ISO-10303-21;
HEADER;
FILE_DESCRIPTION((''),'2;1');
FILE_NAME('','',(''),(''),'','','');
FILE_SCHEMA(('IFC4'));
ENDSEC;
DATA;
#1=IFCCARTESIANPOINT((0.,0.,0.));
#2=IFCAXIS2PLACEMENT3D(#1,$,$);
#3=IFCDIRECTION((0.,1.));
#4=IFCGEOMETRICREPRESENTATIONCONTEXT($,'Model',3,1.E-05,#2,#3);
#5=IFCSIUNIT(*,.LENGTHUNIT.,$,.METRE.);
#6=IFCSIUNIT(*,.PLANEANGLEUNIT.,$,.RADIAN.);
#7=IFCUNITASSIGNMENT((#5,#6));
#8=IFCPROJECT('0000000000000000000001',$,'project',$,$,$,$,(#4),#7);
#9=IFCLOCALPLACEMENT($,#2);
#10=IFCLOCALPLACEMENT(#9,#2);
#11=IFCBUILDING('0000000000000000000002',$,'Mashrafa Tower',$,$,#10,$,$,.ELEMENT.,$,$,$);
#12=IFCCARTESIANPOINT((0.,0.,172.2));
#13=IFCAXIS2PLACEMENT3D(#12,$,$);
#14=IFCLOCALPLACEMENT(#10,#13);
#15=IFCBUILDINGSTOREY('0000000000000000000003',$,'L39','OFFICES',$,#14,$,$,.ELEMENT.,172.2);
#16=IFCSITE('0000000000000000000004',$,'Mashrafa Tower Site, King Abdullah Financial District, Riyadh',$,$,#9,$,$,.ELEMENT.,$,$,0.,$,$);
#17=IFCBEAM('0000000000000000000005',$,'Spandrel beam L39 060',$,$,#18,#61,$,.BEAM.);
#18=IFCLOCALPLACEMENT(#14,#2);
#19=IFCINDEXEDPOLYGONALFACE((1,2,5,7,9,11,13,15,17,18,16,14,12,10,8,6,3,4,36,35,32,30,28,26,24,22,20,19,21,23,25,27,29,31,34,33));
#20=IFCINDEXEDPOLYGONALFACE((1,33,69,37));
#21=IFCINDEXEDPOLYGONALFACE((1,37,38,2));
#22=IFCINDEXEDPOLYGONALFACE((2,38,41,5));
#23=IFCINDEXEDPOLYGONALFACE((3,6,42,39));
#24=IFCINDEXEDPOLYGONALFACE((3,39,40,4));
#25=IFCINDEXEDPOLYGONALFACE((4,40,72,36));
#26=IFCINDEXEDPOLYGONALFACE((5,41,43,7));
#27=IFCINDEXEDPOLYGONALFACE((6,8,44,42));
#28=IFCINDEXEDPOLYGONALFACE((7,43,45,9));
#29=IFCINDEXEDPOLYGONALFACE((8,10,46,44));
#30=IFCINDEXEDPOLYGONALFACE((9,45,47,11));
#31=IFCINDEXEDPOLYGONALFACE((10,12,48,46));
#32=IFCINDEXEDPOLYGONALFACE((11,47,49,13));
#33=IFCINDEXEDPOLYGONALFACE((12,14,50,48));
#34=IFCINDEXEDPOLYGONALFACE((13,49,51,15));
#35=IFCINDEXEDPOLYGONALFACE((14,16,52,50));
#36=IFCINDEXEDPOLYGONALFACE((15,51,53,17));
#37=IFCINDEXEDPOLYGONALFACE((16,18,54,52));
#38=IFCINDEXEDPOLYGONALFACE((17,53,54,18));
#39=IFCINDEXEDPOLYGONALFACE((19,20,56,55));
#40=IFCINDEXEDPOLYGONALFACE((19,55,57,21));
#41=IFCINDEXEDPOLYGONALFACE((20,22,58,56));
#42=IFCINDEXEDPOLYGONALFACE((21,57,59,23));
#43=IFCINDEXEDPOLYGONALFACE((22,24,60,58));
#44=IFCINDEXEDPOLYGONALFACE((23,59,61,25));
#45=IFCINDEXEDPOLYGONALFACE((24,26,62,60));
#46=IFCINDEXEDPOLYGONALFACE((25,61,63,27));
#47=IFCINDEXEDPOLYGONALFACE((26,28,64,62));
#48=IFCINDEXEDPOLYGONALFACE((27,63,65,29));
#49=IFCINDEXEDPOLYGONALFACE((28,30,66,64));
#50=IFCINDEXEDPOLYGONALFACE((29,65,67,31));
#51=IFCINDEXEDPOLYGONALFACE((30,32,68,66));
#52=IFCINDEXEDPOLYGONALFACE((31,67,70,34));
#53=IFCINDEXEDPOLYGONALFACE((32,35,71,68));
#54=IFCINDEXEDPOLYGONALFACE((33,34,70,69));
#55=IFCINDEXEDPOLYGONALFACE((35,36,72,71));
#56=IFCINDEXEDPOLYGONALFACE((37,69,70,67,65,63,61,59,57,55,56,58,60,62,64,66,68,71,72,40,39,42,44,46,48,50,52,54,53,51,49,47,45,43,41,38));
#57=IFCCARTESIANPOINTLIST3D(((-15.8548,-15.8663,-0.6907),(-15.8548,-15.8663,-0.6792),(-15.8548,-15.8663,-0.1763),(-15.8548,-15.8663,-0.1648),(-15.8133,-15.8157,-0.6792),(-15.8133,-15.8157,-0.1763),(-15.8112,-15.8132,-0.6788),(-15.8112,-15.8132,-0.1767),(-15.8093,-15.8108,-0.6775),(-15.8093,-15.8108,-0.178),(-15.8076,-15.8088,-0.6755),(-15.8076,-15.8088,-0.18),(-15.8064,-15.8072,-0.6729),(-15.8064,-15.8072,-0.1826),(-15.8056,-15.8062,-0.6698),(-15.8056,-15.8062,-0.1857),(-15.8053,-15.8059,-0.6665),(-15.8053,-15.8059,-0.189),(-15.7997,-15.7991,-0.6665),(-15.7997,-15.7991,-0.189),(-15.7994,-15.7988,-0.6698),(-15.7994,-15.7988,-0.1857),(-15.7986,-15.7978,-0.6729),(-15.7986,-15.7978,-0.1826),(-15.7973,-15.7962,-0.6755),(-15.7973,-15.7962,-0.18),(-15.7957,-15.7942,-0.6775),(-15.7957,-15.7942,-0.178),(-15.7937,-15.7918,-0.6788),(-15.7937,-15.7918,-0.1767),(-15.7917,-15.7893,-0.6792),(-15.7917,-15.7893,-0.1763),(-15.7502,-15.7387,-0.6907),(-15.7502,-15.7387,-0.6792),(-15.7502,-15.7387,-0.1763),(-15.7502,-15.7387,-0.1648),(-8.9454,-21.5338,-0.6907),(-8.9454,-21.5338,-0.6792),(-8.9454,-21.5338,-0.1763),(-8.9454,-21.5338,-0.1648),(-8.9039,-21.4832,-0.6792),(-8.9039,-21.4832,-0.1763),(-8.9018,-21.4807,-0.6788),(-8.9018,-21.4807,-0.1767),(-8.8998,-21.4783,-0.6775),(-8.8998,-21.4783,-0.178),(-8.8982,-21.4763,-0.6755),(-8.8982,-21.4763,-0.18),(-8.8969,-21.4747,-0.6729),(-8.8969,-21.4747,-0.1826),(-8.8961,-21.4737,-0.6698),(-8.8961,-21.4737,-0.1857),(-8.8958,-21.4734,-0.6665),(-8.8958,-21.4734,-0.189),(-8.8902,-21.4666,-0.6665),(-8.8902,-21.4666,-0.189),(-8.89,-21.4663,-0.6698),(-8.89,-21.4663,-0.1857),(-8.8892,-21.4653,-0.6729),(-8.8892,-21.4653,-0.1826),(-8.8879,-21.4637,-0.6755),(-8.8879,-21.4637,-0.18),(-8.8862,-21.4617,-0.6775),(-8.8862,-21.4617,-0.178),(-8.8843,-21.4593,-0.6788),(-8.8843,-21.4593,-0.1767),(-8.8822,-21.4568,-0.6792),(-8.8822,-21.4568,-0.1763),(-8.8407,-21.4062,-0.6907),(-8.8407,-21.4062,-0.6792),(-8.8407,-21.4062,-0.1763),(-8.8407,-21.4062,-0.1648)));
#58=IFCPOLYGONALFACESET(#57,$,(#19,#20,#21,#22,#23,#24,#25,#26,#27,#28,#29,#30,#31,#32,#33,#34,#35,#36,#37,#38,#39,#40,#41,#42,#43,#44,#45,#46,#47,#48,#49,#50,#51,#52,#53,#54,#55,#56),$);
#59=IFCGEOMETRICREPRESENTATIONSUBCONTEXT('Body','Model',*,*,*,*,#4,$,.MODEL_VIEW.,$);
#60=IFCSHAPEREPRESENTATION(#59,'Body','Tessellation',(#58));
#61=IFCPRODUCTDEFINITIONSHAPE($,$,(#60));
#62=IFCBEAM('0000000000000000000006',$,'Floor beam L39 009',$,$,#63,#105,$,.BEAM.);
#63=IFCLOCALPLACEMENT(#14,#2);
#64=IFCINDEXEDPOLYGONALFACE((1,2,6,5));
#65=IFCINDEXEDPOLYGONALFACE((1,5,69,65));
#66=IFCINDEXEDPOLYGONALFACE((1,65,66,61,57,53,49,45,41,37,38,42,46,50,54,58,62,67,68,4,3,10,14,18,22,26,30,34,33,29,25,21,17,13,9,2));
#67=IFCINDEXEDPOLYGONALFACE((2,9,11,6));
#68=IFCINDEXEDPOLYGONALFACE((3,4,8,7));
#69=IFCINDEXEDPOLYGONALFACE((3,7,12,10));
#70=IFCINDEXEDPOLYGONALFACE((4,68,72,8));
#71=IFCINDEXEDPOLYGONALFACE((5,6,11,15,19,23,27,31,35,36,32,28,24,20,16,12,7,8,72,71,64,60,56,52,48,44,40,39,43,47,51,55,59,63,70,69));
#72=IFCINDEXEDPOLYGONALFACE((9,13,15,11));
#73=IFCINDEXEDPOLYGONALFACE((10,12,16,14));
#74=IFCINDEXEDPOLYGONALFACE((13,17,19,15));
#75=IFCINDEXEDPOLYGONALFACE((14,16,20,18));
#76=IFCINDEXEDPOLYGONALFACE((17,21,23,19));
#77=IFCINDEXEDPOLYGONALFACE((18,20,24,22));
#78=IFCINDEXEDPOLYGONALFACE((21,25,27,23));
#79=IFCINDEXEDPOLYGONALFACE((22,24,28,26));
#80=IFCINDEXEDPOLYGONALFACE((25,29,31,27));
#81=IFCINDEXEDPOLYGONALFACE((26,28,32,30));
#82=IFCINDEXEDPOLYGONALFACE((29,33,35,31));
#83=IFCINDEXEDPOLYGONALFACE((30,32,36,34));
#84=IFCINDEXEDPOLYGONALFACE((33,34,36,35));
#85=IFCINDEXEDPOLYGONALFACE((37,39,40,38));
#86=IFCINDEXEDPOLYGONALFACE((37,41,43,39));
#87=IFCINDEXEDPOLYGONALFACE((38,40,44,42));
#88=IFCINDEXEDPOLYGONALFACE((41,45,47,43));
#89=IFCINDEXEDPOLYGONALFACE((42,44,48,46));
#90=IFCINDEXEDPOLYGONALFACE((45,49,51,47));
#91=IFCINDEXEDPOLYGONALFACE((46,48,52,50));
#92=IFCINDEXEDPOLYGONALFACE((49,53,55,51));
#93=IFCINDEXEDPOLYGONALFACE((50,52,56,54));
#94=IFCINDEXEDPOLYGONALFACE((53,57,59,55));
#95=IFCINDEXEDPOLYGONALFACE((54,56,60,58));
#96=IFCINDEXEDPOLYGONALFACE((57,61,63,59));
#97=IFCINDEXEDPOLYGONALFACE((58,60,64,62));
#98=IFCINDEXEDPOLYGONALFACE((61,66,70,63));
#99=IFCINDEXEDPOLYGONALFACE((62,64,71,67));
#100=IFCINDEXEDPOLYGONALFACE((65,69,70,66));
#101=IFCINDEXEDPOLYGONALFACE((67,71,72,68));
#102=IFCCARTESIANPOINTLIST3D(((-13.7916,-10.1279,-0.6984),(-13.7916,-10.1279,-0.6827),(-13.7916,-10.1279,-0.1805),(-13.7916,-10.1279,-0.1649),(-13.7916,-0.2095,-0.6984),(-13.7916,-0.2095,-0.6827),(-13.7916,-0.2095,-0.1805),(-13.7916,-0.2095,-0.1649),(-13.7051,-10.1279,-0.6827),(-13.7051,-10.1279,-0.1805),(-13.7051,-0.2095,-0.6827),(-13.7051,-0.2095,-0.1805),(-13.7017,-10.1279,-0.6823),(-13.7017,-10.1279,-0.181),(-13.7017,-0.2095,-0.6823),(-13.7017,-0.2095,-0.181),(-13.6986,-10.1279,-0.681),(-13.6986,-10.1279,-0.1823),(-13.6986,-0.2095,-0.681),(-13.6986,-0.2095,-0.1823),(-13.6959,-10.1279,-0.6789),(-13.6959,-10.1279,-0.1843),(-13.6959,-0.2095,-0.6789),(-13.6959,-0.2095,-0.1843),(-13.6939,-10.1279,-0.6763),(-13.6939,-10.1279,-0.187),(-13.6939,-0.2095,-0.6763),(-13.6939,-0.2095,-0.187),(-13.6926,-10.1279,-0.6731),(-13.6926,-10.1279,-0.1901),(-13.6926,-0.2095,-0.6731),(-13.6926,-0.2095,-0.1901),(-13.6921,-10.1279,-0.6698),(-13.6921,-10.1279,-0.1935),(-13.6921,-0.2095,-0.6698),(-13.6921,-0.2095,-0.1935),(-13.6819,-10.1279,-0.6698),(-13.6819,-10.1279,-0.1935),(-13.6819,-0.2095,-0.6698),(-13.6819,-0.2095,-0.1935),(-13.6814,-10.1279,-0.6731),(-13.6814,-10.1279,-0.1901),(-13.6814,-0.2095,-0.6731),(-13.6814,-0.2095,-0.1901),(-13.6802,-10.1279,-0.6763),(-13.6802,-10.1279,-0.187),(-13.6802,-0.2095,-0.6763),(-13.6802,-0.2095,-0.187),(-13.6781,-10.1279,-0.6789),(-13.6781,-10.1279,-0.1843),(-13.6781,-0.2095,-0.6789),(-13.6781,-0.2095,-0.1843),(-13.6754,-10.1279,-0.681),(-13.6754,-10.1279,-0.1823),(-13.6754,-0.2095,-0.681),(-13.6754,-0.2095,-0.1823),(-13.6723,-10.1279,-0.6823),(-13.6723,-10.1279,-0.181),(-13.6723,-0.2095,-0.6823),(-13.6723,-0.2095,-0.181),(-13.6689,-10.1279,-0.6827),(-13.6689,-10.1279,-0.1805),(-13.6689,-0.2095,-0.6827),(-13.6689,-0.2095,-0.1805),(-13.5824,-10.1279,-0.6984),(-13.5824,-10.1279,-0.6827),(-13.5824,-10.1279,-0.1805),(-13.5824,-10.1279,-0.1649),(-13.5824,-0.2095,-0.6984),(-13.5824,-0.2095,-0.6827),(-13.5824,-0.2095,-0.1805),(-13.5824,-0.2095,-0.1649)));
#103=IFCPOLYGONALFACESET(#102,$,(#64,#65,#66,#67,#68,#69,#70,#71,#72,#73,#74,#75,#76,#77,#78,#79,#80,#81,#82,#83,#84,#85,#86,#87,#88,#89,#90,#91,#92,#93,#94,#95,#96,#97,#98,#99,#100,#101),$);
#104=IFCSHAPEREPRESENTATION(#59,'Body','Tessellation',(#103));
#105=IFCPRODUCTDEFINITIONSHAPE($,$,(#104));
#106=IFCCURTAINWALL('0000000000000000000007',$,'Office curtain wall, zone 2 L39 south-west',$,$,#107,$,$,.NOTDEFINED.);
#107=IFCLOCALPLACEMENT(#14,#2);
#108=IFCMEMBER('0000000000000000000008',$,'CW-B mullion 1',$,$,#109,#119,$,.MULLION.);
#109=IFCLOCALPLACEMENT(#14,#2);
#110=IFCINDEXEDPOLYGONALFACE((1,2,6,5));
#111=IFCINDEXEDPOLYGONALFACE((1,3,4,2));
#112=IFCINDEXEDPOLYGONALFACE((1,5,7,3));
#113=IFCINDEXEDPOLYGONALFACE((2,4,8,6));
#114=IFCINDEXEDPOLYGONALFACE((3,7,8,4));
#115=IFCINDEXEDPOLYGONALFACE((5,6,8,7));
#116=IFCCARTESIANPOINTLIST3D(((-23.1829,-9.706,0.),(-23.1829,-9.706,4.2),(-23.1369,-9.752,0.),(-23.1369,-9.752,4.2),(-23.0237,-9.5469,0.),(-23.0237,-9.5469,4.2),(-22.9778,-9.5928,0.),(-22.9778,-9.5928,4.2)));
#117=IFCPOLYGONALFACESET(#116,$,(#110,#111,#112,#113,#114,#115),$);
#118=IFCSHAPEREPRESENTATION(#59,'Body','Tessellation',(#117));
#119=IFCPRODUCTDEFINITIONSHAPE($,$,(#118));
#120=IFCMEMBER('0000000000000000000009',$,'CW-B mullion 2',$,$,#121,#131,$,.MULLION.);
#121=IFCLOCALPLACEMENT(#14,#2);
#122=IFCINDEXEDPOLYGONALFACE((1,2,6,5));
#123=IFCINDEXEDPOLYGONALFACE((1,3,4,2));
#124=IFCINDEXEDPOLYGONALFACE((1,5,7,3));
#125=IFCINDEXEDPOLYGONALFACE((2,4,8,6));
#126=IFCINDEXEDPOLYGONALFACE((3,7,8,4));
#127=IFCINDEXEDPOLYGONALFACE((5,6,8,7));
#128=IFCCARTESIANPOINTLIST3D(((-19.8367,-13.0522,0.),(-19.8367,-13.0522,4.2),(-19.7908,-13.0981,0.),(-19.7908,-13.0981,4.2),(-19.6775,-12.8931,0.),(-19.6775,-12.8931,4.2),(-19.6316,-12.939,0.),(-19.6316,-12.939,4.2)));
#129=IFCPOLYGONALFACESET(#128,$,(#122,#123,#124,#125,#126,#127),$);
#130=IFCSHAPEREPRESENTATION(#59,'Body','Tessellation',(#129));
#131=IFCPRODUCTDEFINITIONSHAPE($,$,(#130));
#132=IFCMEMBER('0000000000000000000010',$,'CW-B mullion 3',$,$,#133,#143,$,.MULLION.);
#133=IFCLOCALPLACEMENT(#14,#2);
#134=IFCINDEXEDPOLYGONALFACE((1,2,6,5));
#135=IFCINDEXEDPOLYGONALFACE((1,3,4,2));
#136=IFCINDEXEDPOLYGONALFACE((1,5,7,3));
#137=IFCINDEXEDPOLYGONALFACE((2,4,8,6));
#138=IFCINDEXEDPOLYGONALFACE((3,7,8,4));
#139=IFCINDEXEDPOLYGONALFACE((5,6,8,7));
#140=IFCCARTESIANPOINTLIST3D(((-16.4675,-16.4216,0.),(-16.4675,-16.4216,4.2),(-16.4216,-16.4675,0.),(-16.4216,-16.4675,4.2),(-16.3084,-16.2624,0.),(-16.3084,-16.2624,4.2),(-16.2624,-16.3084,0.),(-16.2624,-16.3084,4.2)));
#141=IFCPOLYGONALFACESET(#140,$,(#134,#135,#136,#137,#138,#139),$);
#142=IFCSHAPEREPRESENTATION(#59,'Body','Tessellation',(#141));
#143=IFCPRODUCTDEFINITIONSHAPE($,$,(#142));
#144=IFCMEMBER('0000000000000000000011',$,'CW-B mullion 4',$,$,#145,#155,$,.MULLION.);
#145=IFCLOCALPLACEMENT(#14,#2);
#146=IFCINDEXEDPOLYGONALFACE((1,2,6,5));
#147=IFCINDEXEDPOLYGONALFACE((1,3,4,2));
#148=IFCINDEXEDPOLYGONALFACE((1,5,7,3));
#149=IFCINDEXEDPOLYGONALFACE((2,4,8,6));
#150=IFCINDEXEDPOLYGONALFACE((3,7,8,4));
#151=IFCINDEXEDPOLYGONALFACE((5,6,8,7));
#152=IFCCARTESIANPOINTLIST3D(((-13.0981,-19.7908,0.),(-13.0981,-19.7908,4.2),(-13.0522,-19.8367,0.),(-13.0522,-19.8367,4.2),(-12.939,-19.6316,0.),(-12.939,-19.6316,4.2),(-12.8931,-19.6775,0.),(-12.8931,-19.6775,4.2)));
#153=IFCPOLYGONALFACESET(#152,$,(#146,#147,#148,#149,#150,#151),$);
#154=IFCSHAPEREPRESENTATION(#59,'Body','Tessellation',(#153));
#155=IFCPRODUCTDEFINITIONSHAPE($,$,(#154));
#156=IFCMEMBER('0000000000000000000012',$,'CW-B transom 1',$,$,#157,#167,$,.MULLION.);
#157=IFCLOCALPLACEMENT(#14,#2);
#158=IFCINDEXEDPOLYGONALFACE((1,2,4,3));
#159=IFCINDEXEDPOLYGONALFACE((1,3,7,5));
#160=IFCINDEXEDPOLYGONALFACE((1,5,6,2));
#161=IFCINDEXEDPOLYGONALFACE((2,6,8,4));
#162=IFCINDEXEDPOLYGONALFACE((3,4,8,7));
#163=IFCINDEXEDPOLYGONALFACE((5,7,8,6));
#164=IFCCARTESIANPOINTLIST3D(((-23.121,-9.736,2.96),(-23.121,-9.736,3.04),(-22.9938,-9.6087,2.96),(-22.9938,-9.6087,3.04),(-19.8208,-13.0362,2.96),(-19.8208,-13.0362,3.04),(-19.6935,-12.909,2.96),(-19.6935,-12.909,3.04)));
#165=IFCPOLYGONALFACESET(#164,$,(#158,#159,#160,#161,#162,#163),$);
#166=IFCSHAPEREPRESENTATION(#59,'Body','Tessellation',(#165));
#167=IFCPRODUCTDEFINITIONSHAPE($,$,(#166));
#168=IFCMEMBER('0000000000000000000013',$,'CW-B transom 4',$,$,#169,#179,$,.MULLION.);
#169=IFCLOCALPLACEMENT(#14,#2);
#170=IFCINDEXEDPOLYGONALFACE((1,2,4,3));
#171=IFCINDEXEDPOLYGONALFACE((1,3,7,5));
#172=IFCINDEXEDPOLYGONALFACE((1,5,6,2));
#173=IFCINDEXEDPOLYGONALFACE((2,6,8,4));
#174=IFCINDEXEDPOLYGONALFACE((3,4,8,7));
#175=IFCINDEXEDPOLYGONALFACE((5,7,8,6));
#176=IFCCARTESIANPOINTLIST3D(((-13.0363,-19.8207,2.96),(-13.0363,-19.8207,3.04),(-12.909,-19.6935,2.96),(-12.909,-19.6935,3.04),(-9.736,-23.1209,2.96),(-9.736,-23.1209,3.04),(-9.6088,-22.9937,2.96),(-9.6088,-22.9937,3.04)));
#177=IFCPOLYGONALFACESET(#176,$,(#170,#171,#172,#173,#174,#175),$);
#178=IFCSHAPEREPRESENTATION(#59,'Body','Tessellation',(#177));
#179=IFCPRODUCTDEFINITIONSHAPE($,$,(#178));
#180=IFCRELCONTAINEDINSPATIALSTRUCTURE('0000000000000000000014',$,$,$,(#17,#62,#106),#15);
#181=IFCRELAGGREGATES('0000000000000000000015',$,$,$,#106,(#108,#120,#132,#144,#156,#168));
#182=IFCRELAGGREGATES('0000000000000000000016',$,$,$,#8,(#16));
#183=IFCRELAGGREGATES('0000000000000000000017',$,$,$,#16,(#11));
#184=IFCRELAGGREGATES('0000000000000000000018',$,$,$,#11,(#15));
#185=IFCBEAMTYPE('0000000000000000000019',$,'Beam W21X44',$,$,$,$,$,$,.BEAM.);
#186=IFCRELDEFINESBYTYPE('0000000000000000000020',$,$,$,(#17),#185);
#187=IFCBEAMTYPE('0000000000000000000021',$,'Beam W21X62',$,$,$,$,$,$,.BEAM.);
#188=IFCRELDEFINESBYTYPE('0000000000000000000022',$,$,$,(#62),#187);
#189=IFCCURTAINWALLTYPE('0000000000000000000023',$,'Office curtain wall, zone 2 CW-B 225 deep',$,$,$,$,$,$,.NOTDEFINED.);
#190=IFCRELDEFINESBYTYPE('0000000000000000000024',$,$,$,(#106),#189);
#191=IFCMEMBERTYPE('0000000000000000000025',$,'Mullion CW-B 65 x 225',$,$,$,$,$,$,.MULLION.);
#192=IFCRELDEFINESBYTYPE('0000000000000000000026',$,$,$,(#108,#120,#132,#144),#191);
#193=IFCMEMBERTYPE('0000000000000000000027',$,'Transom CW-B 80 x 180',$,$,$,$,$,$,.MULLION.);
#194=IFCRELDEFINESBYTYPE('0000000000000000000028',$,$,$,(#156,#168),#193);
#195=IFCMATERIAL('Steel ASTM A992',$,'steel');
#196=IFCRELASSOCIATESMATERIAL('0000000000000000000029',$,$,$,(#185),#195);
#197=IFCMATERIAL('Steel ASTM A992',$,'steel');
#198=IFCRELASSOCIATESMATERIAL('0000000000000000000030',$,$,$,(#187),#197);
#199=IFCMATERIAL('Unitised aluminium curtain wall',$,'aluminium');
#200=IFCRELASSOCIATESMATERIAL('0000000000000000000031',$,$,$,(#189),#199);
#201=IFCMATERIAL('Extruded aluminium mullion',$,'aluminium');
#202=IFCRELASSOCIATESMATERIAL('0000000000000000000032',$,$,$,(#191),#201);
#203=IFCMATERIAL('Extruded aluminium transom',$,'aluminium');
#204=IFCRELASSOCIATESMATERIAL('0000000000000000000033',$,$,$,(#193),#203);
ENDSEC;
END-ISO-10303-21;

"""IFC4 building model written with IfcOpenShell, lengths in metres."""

from ifc_helpers import new_model, si_unit, direction, frame, origin, origin_2d, place, context, subcontext, project, spatial, rectangle, i_section, extrude, source, transform, mapped, material, material_profile, profile_set, type_object, type_shapes, element, aggregate, save


model = new_model("IFC4")

# Units and contexts
model_context = context("Model", 3, precision=1e-05, world=origin(), true_north=direction((0.0, 1.0)))
body_context = subcontext(model_context, "Body", "Model", "MODEL_VIEW")
ifc_project = project(units=[si_unit("LENGTHUNIT", "METRE"), si_unit("PLANEANGLEUNIT", "RADIAN")], contexts=[model_context])

# Site, building, storey
site_placement = place(None, origin())
site = spatial("IfcSite", under=ifc_project, at=site_placement, Name="Mashrafa Tower Site, King Abdullah Financial District, Riyadh", CompositionType="ELEMENT", RefElevation=0.0)
building_placement = place(site_placement, origin())
building = spatial("IfcBuilding", under=site, at=building_placement, Name="Mashrafa Tower", CompositionType="ELEMENT")
storey_placement = place(building_placement, frame((0.0, 0.0, 172.2)))
storey = spatial("IfcBuildingStorey", under=building, at=storey_placement, Name="L39", Description="OFFICES", CompositionType="ELEMENT", Elevation=172.2)

# Beams
ifc_material_1 = material(Name="Steel ASTM A992", Category="steel")
ifc_material_profile_1 = material_profile(ifc_material_1, i_section(OverallWidth=0.165, OverallDepth=0.5259, WebThickness=0.0088, FlangeThickness=0.0115, FilletRadius=0.0127, at=origin_2d()), Name="W21X44")
ifc_profile_set_1 = profile_set([ifc_material_profile_1], Name="Steel ASTM A992")
beam_type_1 = type_object("IfcBeamType", Name="Beam W21X44", PredefinedType="BEAM", material=ifc_profile_set_1)
beam_1_placement = place(storey_placement, frame((-15.8025, -15.8025, -0.4277), z_axis=(0.773172, -0.634197, 0.0), x_axis=(0.634197, 0.773172, 0.0)))
element("IfcBeam", 1, at=beam_1_placement, inside=storey, type_object=beam_type_1, Name="Spandrel beam L39 060", PredefinedType="BEAM", context=body_context, shape_type="SweptSolid", body=[
    extrude(i_section(OverallWidth=0.165, OverallDepth=0.5259, WebThickness=0.0088, FlangeThickness=0.0115, FilletRadius=0.0127, at=origin_2d()), origin(), (0.0, 0.0, 1.0), 8.9365),
])
ifc_material_2 = material(Name="Steel ASTM A992", Category="steel")
ifc_material_profile_2 = material_profile(ifc_material_2, i_section(OverallWidth=0.2092, OverallDepth=0.5334, WebThickness=0.0103, FlangeThickness=0.0156, FilletRadius=0.0129, at=origin_2d()), Name="W21X62")
ifc_profile_set_2 = profile_set([ifc_material_profile_2], Name="Steel ASTM A992")
beam_type_2 = type_object("IfcBeamType", Name="Beam W21X62", PredefinedType="BEAM", material=ifc_profile_set_2)
beam_2_placement = place(storey_placement, frame((-13.687, -10.1279, -0.4316), z_axis=(0.0, 1.0, 0.0), x_axis=(-1.0, 0.0, 0.0)))
element("IfcBeam", 2, at=beam_2_placement, inside=storey, type_object=beam_type_2, Name="Floor beam L39 009", PredefinedType="BEAM", context=body_context, shape_type="SweptSolid", body=[
    extrude(i_section(OverallWidth=0.2092, OverallDepth=0.5334, WebThickness=0.0103, FlangeThickness=0.0156, FilletRadius=0.0129, at=origin_2d()), origin(), (0.0, 0.0, 1.0), 9.9185),
])

# Curtain wall, members
ifc_material_3 = material(Name="Unitised aluminium curtain wall", Category="aluminium")
curtain_wall_type = type_object("IfcCurtainWallType", Name="Office curtain wall, zone 2 CW-B 225 deep", PredefinedType="NOTDEFINED", material=ifc_material_3)
curtain_wall_placement = place(storey_placement, origin())
curtain_wall = element("IfcCurtainWall", 3, at=curtain_wall_placement, inside=storey, type_object=curtain_wall_type, Name="Office curtain wall, zone 2 L39 south-west", PredefinedType="NOTDEFINED")
ifc_material_4 = material(Name="Extruded aluminium mullion", Category="aluminium")
ifc_material_profile_3 = material_profile(ifc_material_4, rectangle(XDim=0.2251, YDim=0.0649, at=origin_2d()), Name="Mullion 65x225")
ifc_profile_set_3 = profile_set([ifc_material_profile_3], Name="Extruded aluminium mullion")
member_type_1 = type_object("IfcMemberType", Name="Mullion CW-B 65 x 225", PredefinedType="MULLION", material=ifc_profile_set_3)
shared_shape_1 = source(origin(), body_context, "Body", "SweptSolid", [
    extrude(rectangle(XDim=0.2251, YDim=0.0649, at=origin_2d()), origin(), (0.0, 0.0, 1.0), 4.2),
])
type_shapes(member_type_1, [shared_shape_1])
member_1_placement = place(storey_placement, frame((-23.0803, -9.6494, 0.0), z_axis=(0.0, 0.0, 1.0), x_axis=(0.707107, 0.707107, 0.0)))
member_1 = element("IfcMember", 4, at=member_1_placement, type_object=member_type_1, Name="CW-B mullion 1", PredefinedType="MULLION", context=body_context, shape_type="MappedRepresentation", body=[
    mapped(shared_shape_1, transform((0.0, 0.0, 0.0))),
])
member_2_placement = place(storey_placement, frame((-19.7341, -12.9956, 0.0), z_axis=(0.0, 0.0, 1.0), x_axis=(0.707107, 0.707107, 0.0)))
member_2 = element("IfcMember", 5, at=member_2_placement, type_object=member_type_1, Name="CW-B mullion 2", PredefinedType="MULLION", context=body_context, shape_type="MappedRepresentation", body=[
    mapped(shared_shape_1, transform((0.0, 0.0, 0.0))),
])
member_3_placement = place(storey_placement, frame((-16.365, -16.365, 0.0), z_axis=(0.0, 0.0, 1.0), x_axis=(0.707107, 0.707107, 0.0)))
member_3 = element("IfcMember", 6, at=member_3_placement, type_object=member_type_1, Name="CW-B mullion 3", PredefinedType="MULLION", context=body_context, shape_type="MappedRepresentation", body=[
    mapped(shared_shape_1, transform((0.0, 0.0, 0.0))),
])
member_4_placement = place(storey_placement, frame((-12.9956, -19.7341, 0.0), z_axis=(0.0, 0.0, 1.0), x_axis=(0.707107, 0.707107, 0.0)))
member_4 = element("IfcMember", 7, at=member_4_placement, type_object=member_type_1, Name="CW-B mullion 4", PredefinedType="MULLION", context=body_context, shape_type="MappedRepresentation", body=[
    mapped(shared_shape_1, transform((0.0, 0.0, 0.0))),
])
ifc_material_5 = material(Name="Extruded aluminium transom", Category="aluminium")
ifc_material_profile_4 = material_profile(ifc_material_5, rectangle(XDim=0.1799, YDim=0.0801, at=origin_2d()), Name="Transom 80x180")
ifc_profile_set_4 = profile_set([ifc_material_profile_4], Name="Extruded aluminium transom")
member_type_2 = type_object("IfcMemberType", Name="Transom CW-B 80 x 180", PredefinedType="MULLION", material=ifc_profile_set_4)
shared_shape_2 = source(origin(), body_context, "Body", "SweptSolid", [
    extrude(rectangle(XDim=0.1799, YDim=0.0801, at=origin_2d()), origin(), (0.0, 0.0, 1.0), 4.6672),
])
member_5_placement = place(storey_placement, frame((-23.0574, -9.6724, 3.0), z_axis=(0.707107, -0.707107, 0.0), x_axis=(0.707107, 0.707107, 0.0)))
member_5 = element("IfcMember", 8, at=member_5_placement, type_object=member_type_2, Name="CW-B transom 1", PredefinedType="MULLION", context=body_context, shape_type="MappedRepresentation", body=[
    mapped(shared_shape_2, transform((0.0, 0.0, 0.0))),
])
member_6_placement = place(storey_placement, frame((-12.9727, -19.7571, 3.0), z_axis=(0.707107, -0.707107, 0.0), x_axis=(0.707107, 0.707107, 0.0)))
member_6 = element("IfcMember", 9, at=member_6_placement, type_object=member_type_2, Name="CW-B transom 4", PredefinedType="MULLION", context=body_context, shape_type="MappedRepresentation", body=[
    mapped(shared_shape_2, transform((0.0, 0.0, 0.0))),
])
aggregate(curtain_wall, [member_1, member_2, member_3, member_4, member_5, member_6])

save(model, "model.ifc")
